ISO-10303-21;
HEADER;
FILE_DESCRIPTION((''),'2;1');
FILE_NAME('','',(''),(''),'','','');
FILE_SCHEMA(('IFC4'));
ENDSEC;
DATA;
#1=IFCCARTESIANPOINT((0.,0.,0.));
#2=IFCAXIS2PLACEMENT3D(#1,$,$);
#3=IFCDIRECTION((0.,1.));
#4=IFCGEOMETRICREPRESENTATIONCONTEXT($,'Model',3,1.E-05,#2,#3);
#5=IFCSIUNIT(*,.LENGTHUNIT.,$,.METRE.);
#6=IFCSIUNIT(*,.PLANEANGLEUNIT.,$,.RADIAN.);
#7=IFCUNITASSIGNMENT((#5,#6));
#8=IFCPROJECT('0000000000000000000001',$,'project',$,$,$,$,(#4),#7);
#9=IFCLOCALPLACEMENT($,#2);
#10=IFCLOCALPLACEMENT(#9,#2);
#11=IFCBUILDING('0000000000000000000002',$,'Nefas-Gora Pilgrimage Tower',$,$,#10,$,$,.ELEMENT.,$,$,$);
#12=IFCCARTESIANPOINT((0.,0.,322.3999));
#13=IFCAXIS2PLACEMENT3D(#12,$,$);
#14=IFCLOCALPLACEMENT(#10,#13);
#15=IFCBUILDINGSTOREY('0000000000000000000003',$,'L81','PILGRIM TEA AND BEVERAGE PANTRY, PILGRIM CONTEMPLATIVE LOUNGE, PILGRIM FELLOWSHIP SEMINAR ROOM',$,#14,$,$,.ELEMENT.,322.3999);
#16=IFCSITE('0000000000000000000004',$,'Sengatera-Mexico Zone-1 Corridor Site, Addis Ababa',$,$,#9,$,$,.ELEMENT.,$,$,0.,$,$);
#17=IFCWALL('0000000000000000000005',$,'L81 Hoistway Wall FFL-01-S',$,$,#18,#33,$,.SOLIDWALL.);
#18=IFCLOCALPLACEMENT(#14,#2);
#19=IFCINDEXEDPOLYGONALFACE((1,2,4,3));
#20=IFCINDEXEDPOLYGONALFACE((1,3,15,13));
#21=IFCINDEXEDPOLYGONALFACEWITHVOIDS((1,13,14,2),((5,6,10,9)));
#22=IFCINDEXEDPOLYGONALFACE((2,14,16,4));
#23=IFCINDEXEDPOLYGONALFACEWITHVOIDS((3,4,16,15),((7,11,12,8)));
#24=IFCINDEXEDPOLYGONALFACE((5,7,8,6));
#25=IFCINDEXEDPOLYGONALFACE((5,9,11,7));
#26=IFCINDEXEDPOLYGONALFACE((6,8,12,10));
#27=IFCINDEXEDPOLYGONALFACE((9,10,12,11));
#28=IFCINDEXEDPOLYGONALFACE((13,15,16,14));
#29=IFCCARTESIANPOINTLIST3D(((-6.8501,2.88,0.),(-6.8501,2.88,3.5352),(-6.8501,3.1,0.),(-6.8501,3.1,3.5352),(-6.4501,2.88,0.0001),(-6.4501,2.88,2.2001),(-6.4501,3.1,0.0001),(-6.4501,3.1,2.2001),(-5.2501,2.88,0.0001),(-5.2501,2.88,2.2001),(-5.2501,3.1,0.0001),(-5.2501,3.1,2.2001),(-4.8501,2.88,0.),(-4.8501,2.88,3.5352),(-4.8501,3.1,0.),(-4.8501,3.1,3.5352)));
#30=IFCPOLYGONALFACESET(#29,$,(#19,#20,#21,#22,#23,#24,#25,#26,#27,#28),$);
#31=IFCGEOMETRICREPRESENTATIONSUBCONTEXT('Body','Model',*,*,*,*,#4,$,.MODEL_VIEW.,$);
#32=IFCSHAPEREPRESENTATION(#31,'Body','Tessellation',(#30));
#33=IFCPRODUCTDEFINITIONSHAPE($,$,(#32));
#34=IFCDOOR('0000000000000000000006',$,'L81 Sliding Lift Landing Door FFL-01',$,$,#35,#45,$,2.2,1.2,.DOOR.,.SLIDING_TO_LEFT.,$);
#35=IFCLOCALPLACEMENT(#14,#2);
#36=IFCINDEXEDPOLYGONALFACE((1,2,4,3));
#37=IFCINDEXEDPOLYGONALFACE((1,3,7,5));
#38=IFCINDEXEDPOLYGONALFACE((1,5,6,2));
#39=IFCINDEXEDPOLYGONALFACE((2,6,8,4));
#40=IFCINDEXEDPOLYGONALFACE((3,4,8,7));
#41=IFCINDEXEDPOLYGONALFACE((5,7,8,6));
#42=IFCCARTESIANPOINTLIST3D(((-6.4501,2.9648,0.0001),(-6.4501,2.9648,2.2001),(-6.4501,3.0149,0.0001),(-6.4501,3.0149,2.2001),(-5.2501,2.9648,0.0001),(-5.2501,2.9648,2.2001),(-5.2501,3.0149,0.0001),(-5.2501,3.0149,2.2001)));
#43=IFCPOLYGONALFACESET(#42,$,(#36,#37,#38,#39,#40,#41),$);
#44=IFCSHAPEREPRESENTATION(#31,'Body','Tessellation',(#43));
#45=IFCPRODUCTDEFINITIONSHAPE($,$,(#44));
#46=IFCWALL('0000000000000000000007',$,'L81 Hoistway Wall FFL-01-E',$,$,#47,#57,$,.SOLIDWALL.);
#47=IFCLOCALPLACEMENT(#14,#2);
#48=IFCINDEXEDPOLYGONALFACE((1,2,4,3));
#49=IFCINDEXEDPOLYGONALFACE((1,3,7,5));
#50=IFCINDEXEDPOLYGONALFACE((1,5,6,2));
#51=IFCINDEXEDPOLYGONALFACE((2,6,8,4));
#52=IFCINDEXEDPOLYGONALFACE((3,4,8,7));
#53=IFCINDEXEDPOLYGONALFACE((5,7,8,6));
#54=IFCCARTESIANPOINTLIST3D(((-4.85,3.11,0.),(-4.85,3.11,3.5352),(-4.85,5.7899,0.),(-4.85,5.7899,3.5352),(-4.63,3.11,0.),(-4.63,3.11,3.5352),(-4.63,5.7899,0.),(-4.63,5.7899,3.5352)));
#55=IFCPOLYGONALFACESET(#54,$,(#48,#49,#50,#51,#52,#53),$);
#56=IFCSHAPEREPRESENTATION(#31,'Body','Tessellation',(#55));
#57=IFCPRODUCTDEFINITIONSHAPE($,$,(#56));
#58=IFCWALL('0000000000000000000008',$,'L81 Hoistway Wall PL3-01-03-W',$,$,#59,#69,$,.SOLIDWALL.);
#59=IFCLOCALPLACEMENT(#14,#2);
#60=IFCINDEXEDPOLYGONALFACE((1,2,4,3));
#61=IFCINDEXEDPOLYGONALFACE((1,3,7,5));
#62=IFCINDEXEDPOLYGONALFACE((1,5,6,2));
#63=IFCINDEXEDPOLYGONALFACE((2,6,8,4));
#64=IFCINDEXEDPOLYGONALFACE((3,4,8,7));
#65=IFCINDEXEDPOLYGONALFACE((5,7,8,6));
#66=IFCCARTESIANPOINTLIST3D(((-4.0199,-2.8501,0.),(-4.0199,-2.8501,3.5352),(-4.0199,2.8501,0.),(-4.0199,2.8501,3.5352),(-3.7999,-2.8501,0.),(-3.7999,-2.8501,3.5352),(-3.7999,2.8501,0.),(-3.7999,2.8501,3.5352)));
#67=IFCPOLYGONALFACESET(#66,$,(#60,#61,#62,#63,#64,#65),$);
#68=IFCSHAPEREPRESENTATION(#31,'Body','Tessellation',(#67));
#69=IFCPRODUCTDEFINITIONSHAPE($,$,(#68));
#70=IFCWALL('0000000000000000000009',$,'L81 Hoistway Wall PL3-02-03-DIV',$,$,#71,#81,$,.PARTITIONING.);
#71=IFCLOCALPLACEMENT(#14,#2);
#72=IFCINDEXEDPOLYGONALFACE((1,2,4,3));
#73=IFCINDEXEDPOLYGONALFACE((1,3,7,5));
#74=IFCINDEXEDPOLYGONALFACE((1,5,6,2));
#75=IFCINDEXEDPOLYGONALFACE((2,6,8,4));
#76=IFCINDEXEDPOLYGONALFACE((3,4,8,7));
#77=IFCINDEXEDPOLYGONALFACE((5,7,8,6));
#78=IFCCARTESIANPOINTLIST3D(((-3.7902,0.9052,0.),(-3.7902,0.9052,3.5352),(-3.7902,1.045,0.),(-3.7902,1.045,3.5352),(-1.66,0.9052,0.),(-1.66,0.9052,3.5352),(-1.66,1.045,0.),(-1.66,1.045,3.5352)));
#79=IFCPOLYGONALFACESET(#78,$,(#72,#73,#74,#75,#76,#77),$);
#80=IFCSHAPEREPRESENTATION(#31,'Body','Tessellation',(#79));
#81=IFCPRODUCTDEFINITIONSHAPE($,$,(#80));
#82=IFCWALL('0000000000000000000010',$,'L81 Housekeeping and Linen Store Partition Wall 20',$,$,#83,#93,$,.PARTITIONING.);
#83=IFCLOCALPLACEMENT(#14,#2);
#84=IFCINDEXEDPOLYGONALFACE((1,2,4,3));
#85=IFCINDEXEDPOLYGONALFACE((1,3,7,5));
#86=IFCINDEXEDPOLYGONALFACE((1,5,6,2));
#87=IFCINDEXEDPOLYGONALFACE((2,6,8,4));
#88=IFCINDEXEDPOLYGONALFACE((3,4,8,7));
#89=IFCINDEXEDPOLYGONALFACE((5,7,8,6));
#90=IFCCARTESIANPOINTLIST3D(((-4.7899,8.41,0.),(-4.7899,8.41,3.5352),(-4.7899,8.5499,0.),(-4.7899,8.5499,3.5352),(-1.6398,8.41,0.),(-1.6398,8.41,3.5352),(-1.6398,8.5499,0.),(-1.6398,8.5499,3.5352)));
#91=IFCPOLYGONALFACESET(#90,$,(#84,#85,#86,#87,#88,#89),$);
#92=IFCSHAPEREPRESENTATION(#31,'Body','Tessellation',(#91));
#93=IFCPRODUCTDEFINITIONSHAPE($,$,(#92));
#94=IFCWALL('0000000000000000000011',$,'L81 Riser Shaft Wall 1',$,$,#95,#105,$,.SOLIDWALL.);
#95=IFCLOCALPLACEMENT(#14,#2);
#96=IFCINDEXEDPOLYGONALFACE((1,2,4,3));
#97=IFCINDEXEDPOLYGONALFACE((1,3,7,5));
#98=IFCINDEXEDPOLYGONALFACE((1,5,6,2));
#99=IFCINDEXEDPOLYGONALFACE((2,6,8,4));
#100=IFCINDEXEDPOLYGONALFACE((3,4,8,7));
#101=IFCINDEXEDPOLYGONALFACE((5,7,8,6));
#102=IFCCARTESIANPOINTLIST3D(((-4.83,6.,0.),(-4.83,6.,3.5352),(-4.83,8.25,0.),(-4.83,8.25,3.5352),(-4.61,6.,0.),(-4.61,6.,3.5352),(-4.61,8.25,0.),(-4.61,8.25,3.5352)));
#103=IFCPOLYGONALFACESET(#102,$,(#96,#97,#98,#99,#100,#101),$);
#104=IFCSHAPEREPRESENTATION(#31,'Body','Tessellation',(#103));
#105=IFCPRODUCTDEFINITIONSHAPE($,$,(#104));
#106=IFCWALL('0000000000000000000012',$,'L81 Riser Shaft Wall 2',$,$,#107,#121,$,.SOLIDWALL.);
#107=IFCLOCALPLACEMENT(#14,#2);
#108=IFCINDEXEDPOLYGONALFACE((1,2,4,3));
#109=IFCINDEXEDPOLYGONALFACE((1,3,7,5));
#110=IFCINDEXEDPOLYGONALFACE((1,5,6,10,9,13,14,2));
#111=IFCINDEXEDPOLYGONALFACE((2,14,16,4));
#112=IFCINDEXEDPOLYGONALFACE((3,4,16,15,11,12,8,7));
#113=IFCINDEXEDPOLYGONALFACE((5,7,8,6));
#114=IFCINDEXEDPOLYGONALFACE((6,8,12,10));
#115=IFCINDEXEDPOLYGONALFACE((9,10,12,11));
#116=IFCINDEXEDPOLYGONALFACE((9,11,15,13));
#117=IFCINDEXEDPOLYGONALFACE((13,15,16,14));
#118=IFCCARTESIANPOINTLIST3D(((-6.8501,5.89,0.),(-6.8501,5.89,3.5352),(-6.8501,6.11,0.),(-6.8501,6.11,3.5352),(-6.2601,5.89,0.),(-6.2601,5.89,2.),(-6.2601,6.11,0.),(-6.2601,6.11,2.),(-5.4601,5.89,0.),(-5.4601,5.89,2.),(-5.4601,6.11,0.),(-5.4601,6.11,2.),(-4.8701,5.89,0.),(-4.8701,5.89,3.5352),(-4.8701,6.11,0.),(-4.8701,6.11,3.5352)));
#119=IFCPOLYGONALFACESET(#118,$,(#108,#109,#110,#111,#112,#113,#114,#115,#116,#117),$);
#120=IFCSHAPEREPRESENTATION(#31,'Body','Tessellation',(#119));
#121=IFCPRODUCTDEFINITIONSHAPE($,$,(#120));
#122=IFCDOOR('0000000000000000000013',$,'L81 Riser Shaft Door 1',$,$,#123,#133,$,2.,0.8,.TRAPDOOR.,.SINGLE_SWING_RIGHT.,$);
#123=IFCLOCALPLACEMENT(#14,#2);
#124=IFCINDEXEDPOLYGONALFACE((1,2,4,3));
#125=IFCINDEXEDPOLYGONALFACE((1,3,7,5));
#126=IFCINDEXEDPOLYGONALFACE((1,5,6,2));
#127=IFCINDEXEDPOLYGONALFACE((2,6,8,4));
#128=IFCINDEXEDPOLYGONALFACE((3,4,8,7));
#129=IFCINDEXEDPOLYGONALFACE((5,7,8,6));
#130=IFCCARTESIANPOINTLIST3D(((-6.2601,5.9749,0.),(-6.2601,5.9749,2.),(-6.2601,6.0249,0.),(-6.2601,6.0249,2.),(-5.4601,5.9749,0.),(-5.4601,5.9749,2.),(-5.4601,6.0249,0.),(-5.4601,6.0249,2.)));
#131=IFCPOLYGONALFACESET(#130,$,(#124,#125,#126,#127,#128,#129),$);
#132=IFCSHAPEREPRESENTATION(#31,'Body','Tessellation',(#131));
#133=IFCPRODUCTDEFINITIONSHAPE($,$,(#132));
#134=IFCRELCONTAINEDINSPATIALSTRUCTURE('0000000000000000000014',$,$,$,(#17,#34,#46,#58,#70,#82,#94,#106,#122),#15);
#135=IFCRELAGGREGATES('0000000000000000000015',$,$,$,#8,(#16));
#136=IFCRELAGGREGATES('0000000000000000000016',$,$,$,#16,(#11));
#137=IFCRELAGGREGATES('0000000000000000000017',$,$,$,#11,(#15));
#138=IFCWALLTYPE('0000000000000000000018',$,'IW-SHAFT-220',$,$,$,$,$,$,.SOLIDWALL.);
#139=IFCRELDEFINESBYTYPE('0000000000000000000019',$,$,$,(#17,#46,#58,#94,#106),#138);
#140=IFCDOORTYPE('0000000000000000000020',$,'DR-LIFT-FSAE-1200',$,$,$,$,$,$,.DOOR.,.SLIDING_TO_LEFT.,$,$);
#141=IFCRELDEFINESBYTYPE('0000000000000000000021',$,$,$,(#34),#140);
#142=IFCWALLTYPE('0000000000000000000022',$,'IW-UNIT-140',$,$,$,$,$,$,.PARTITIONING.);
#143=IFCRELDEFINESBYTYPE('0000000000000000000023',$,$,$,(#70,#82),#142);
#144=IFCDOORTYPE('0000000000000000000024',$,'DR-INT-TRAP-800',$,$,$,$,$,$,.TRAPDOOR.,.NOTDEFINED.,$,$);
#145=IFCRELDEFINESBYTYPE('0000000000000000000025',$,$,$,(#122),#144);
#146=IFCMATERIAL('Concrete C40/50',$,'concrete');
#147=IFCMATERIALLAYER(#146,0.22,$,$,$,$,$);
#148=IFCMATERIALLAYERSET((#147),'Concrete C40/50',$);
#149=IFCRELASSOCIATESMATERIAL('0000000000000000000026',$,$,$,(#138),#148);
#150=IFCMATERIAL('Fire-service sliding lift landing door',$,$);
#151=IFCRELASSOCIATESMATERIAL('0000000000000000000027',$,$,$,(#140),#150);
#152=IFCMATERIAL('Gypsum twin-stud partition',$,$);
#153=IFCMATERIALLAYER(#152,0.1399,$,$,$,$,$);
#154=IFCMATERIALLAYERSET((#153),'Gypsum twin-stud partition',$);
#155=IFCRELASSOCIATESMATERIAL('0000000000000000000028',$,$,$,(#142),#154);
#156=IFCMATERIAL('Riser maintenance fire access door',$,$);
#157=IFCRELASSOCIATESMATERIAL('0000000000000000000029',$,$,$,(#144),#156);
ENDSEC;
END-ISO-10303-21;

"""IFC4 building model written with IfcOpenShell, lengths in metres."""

from ifc_helpers import new_model, si_unit, direction, frame, frame_2d, origin, place, context, subcontext, project, spatial, rectangle, extrude, source, transform, mapped, material, layer, layer_set, type_object, element, fill, save


model = new_model("IFC4")

# Units and contexts
model_context = context("Model", 3, precision=1e-05, world=origin(), true_north=direction((0.0, 1.0)))
body_context = subcontext(model_context, "Body", "Model", "MODEL_VIEW")
ifc_project = project(units=[si_unit("LENGTHUNIT", "METRE"), si_unit("PLANEANGLEUNIT", "RADIAN")], contexts=[model_context])

# Site, building, storey
site_placement = place(None, origin())
site = spatial("IfcSite", under=ifc_project, at=site_placement, Name="Sengatera-Mexico Zone-1 Corridor Site, Addis Ababa", CompositionType="ELEMENT", RefElevation=0.0)
building_placement = place(site_placement, origin())
building = spatial("IfcBuilding", under=site, at=building_placement, Name="Nefas-Gora Pilgrimage Tower", CompositionType="ELEMENT")
storey_placement = place(building_placement, frame((0.0, 0.0, 322.3999)))
storey = spatial("IfcBuildingStorey", under=building, at=storey_placement, Name="L81", Description="PILGRIM TEA AND BEVERAGE PANTRY, PILGRIM CONTEMPLATIVE LOUNGE, PILGRIM FELLOWSHIP SEMINAR ROOM", CompositionType="ELEMENT", Elevation=322.3999)

# Wall, opening, door
ifc_material_1 = material(Name="Concrete C40/50", Category="concrete")
ifc_layer_1 = layer(ifc_material_1, 0.22)
ifc_layer_set_1 = layer_set([ifc_layer_1], Name="Concrete C40/50")
wall_type_1 = type_object("IfcWallType", Name="IW-SHAFT-220", PredefinedType="SOLIDWALL", material=ifc_layer_set_1)
shared_shape_1 = source(origin(), body_context, "Body", "SweptSolid", [
    extrude(rectangle(XDim=2.0, YDim=0.22, at=frame_2d((1.0, 0.0))), origin(), (0.0, 0.0, 1.0), 3.5352),
])
wall_1_placement = place(storey_placement, frame((-6.8501, 2.99, 0.0), z_axis=(0.0, 0.0, 1.0), x_axis=(1.0, 0.0, 0.0)))
wall_1 = element("IfcWall", 1, at=wall_1_placement, inside=storey, type_object=wall_type_1, Name="L81 Hoistway Wall FFL-01-S", PredefinedType="SOLIDWALL", context=body_context, shape_type="MappedRepresentation", body=[
    mapped(shared_shape_1, transform((0.0, 0.0, 0.0), x_axis=(1.0, 0.0, 0.0), y_axis=(0.0, 1.0, 0.0), z_axis=(0.0, 0.0, 1.0), scale=1.0)),
])
opening_1_placement = place(wall_1_placement, frame((0.3999, 0.0, 0.0)))
opening_1 = element("IfcOpeningElement", 2, at=opening_1_placement, cuts=wall_1, PredefinedType="OPENING", context=body_context, shape_type="SweptSolid", body=[
    extrude(rectangle(XDim=1.2, YDim=2.2, at=frame_2d((0.6001, 1.1001))), frame((0.0, 0.1199, 0.0), z_axis=(0.0, -1.0, 0.0), x_axis=(1.0, 0.0, 0.0)), (0.0, 0.0, 1.0), 0.24),
])
ifc_material_2 = material(Name="Fire-service sliding lift landing door")
door_type_1 = type_object("IfcDoorType", Name="DR-LIFT-FSAE-1200", OperationType="SLIDING_TO_LEFT", PredefinedType="DOOR", material=ifc_material_2)
shared_shape_2 = source(origin(), body_context, "Body", "SweptSolid", [
    extrude(rectangle(XDim=1.2, YDim=2.2, at=frame_2d((0.6001, 1.1001))), frame((0.0, 0.0249, 0.0), z_axis=(0.0, -1.0, 0.0), x_axis=(1.0, 0.0, 0.0)), (0.0, 0.0, 1.0), 0.05),
])
door_1_placement = place(opening_1_placement, origin())
door_1 = element("IfcDoor", 3, at=door_1_placement, inside=storey, type_object=door_type_1, Name="L81 Sliding Lift Landing Door FFL-01", OperationType="SLIDING_TO_LEFT", OverallHeight=2.2, OverallWidth=1.2, PredefinedType="DOOR", context=body_context, shape_type="MappedRepresentation", body=[
    mapped(shared_shape_2, transform((0.0, 0.0, 0.0), x_axis=(1.0, 0.0, 0.0), y_axis=(0.0, 1.0, 0.0), z_axis=(0.0, 0.0, 1.0), scale=1.0)),
])
fill(opening_1, door_1)

# Walls
shared_shape_3 = source(origin(), body_context, "Body", "SweptSolid", [
    extrude(rectangle(XDim=2.6799, YDim=0.22, at=frame_2d((1.3398, 0.0))), origin(), (0.0, 0.0, 1.0), 3.5352),
])
wall_2_placement = place(storey_placement, frame((-4.74, 3.1101, 0.0), z_axis=(0.0, 0.0, 1.0), x_axis=(0.0, 1.0, 0.0)))
element("IfcWall", 4, at=wall_2_placement, inside=storey, type_object=wall_type_1, Name="L81 Hoistway Wall FFL-01-E", PredefinedType="SOLIDWALL", context=body_context, shape_type="MappedRepresentation", body=[
    mapped(shared_shape_3, transform((0.0, 0.0, 0.0), x_axis=(1.0, 0.0, 0.0), y_axis=(0.0, 1.0, 0.0), z_axis=(0.0, 0.0, 1.0), scale=1.0)),
])
shared_shape_4 = source(origin(), body_context, "Body", "SweptSolid", [
    extrude(rectangle(XDim=5.7002, YDim=0.22, at=frame_2d((2.8501, 0.0))), origin(), (0.0, 0.0, 1.0), 3.5352),
])
wall_3_placement = place(storey_placement, frame((-3.9099, 2.8501, 0.0), z_axis=(0.0, 0.0, 1.0), x_axis=(0.0, -1.0, 0.0)))
element("IfcWall", 5, at=wall_3_placement, inside=storey, type_object=wall_type_1, Name="L81 Hoistway Wall PL3-01-03-W", PredefinedType="SOLIDWALL", context=body_context, shape_type="MappedRepresentation", body=[
    mapped(shared_shape_4, transform((0.0, 0.0, 0.0), x_axis=(1.0, 0.0, 0.0), y_axis=(0.0, 1.0, 0.0), z_axis=(0.0, 0.0, 1.0), scale=1.0)),
])
ifc_material_3 = material(Name="Gypsum twin-stud partition")
ifc_layer_2 = layer(ifc_material_3, 0.1399)
ifc_layer_set_2 = layer_set([ifc_layer_2], Name="Gypsum twin-stud partition")
wall_type_2 = type_object("IfcWallType", Name="IW-UNIT-140", PredefinedType="PARTITIONING", material=ifc_layer_set_2)
shared_shape_5 = source(origin(), body_context, "Body", "SweptSolid", [
    extrude(rectangle(XDim=2.1301, YDim=0.1399, at=frame_2d((1.0649, 0.0))), origin(), (0.0, 0.0, 1.0), 3.5352),
])
wall_4_placement = place(storey_placement, frame((-3.79, 0.9751, 0.0), z_axis=(0.0, 0.0, 1.0), x_axis=(1.0, 0.0, 0.0)))
element("IfcWall", 6, at=wall_4_placement, inside=storey, type_object=wall_type_2, Name="L81 Hoistway Wall PL3-02-03-DIV", PredefinedType="PARTITIONING", context=body_context, shape_type="MappedRepresentation", body=[
    mapped(shared_shape_5, transform((0.0, 0.0, 0.0), x_axis=(1.0, 0.0, 0.0), y_axis=(0.0, 1.0, 0.0), z_axis=(0.0, 0.0, 1.0), scale=1.0)),
])
shared_shape_6 = source(origin(), body_context, "Body", "SweptSolid", [
    extrude(rectangle(XDim=3.1501, YDim=0.1399, at=frame_2d((1.5752, 0.0))), origin(), (0.0, 0.0, 1.0), 3.5352),
])
wall_5_placement = place(storey_placement, frame((-4.79, 8.48, 0.0), z_axis=(0.0, 0.0, 1.0), x_axis=(1.0, 0.0, 0.0)))
element("IfcWall", 7, at=wall_5_placement, inside=storey, type_object=wall_type_2, Name="L81 Housekeeping and Linen Store Partition Wall 20", PredefinedType="PARTITIONING", context=body_context, shape_type="MappedRepresentation", body=[
    mapped(shared_shape_6, transform((0.0, 0.0, 0.0), x_axis=(1.0, 0.0, 0.0), y_axis=(0.0, 1.0, 0.0), z_axis=(0.0, 0.0, 1.0), scale=1.0)),
])
shared_shape_7 = source(origin(), body_context, "Body", "SweptSolid", [
    extrude(rectangle(XDim=2.25, YDim=0.22, at=frame_2d((1.125, 0.0))), origin(), (0.0, 0.0, 1.0), 3.5352),
])
wall_6_placement = place(storey_placement, frame((-4.72, 6.0, 0.0), z_axis=(0.0, 0.0, 1.0), x_axis=(0.0, 1.0, 0.0)))
element("IfcWall", 8, at=wall_6_placement, inside=storey, type_object=wall_type_1, Name="L81 Riser Shaft Wall 1", PredefinedType="SOLIDWALL", context=body_context, shape_type="MappedRepresentation", body=[
    mapped(shared_shape_7, transform((0.0, 0.0, 0.0), x_axis=(1.0, 0.0, 0.0), y_axis=(0.0, 1.0, 0.0), z_axis=(0.0, 0.0, 1.0), scale=1.0)),
])

# Wall, opening, door
shared_shape_8 = source(origin(), body_context, "Body", "SweptSolid", [
    extrude(rectangle(XDim=1.98, YDim=0.22, at=frame_2d((0.99, 0.0))), origin(), (0.0, 0.0, 1.0), 3.5352),
])
wall_7_placement = place(storey_placement, frame((-6.8501, 6.0, 0.0), z_axis=(0.0, 0.0, 1.0), x_axis=(1.0, 0.0, 0.0)))
wall_7 = element("IfcWall", 9, at=wall_7_placement, inside=storey, type_object=wall_type_1, Name="L81 Riser Shaft Wall 2", PredefinedType="SOLIDWALL", context=body_context, shape_type="MappedRepresentation", body=[
    mapped(shared_shape_8, transform((0.0, 0.0, 0.0), x_axis=(1.0, 0.0, 0.0), y_axis=(0.0, 1.0, 0.0), z_axis=(0.0, 0.0, 1.0), scale=1.0)),
])
opening_2_placement = place(wall_7_placement, frame((0.5901, 0.0, 0.0)))
opening_2 = element("IfcOpeningElement", 10, at=opening_2_placement, cuts=wall_7, PredefinedType="OPENING", context=body_context, shape_type="SweptSolid", body=[
    extrude(rectangle(XDim=0.8, YDim=2.0, at=frame_2d((0.3999, 1.0))), frame((0.0, 0.1199, 0.0), z_axis=(0.0, -1.0, 0.0), x_axis=(1.0, 0.0, 0.0)), (0.0, 0.0, 1.0), 0.24),
])
ifc_material_4 = material(Name="Riser maintenance fire access door")
door_type_2 = type_object("IfcDoorType", Name="DR-INT-TRAP-800", OperationType="NOTDEFINED", PredefinedType="TRAPDOOR", material=ifc_material_4)
shared_shape_9 = source(origin(), body_context, "Body", "SweptSolid", [
    extrude(rectangle(XDim=0.8, YDim=2.0, at=frame_2d((0.3999, 1.0))), frame((0.0, 0.0249, 0.0), z_axis=(0.0, -1.0, 0.0), x_axis=(1.0, 0.0, 0.0)), (0.0, 0.0, 1.0), 0.05),
])
door_2_placement = place(opening_2_placement, origin())
door_2 = element("IfcDoor", 11, at=door_2_placement, inside=storey, type_object=door_type_2, Name="L81 Riser Shaft Door 1", OperationType="SINGLE_SWING_RIGHT", OverallHeight=2.0, OverallWidth=0.8, PredefinedType="TRAPDOOR", context=body_context, shape_type="MappedRepresentation", body=[
    mapped(shared_shape_9, transform((0.0, 0.0, 0.0), x_axis=(1.0, 0.0, 0.0), y_axis=(0.0, 1.0, 0.0), z_axis=(0.0, 0.0, 1.0), scale=1.0)),
])
fill(opening_2, door_2)

save(model, "model.ifc")
